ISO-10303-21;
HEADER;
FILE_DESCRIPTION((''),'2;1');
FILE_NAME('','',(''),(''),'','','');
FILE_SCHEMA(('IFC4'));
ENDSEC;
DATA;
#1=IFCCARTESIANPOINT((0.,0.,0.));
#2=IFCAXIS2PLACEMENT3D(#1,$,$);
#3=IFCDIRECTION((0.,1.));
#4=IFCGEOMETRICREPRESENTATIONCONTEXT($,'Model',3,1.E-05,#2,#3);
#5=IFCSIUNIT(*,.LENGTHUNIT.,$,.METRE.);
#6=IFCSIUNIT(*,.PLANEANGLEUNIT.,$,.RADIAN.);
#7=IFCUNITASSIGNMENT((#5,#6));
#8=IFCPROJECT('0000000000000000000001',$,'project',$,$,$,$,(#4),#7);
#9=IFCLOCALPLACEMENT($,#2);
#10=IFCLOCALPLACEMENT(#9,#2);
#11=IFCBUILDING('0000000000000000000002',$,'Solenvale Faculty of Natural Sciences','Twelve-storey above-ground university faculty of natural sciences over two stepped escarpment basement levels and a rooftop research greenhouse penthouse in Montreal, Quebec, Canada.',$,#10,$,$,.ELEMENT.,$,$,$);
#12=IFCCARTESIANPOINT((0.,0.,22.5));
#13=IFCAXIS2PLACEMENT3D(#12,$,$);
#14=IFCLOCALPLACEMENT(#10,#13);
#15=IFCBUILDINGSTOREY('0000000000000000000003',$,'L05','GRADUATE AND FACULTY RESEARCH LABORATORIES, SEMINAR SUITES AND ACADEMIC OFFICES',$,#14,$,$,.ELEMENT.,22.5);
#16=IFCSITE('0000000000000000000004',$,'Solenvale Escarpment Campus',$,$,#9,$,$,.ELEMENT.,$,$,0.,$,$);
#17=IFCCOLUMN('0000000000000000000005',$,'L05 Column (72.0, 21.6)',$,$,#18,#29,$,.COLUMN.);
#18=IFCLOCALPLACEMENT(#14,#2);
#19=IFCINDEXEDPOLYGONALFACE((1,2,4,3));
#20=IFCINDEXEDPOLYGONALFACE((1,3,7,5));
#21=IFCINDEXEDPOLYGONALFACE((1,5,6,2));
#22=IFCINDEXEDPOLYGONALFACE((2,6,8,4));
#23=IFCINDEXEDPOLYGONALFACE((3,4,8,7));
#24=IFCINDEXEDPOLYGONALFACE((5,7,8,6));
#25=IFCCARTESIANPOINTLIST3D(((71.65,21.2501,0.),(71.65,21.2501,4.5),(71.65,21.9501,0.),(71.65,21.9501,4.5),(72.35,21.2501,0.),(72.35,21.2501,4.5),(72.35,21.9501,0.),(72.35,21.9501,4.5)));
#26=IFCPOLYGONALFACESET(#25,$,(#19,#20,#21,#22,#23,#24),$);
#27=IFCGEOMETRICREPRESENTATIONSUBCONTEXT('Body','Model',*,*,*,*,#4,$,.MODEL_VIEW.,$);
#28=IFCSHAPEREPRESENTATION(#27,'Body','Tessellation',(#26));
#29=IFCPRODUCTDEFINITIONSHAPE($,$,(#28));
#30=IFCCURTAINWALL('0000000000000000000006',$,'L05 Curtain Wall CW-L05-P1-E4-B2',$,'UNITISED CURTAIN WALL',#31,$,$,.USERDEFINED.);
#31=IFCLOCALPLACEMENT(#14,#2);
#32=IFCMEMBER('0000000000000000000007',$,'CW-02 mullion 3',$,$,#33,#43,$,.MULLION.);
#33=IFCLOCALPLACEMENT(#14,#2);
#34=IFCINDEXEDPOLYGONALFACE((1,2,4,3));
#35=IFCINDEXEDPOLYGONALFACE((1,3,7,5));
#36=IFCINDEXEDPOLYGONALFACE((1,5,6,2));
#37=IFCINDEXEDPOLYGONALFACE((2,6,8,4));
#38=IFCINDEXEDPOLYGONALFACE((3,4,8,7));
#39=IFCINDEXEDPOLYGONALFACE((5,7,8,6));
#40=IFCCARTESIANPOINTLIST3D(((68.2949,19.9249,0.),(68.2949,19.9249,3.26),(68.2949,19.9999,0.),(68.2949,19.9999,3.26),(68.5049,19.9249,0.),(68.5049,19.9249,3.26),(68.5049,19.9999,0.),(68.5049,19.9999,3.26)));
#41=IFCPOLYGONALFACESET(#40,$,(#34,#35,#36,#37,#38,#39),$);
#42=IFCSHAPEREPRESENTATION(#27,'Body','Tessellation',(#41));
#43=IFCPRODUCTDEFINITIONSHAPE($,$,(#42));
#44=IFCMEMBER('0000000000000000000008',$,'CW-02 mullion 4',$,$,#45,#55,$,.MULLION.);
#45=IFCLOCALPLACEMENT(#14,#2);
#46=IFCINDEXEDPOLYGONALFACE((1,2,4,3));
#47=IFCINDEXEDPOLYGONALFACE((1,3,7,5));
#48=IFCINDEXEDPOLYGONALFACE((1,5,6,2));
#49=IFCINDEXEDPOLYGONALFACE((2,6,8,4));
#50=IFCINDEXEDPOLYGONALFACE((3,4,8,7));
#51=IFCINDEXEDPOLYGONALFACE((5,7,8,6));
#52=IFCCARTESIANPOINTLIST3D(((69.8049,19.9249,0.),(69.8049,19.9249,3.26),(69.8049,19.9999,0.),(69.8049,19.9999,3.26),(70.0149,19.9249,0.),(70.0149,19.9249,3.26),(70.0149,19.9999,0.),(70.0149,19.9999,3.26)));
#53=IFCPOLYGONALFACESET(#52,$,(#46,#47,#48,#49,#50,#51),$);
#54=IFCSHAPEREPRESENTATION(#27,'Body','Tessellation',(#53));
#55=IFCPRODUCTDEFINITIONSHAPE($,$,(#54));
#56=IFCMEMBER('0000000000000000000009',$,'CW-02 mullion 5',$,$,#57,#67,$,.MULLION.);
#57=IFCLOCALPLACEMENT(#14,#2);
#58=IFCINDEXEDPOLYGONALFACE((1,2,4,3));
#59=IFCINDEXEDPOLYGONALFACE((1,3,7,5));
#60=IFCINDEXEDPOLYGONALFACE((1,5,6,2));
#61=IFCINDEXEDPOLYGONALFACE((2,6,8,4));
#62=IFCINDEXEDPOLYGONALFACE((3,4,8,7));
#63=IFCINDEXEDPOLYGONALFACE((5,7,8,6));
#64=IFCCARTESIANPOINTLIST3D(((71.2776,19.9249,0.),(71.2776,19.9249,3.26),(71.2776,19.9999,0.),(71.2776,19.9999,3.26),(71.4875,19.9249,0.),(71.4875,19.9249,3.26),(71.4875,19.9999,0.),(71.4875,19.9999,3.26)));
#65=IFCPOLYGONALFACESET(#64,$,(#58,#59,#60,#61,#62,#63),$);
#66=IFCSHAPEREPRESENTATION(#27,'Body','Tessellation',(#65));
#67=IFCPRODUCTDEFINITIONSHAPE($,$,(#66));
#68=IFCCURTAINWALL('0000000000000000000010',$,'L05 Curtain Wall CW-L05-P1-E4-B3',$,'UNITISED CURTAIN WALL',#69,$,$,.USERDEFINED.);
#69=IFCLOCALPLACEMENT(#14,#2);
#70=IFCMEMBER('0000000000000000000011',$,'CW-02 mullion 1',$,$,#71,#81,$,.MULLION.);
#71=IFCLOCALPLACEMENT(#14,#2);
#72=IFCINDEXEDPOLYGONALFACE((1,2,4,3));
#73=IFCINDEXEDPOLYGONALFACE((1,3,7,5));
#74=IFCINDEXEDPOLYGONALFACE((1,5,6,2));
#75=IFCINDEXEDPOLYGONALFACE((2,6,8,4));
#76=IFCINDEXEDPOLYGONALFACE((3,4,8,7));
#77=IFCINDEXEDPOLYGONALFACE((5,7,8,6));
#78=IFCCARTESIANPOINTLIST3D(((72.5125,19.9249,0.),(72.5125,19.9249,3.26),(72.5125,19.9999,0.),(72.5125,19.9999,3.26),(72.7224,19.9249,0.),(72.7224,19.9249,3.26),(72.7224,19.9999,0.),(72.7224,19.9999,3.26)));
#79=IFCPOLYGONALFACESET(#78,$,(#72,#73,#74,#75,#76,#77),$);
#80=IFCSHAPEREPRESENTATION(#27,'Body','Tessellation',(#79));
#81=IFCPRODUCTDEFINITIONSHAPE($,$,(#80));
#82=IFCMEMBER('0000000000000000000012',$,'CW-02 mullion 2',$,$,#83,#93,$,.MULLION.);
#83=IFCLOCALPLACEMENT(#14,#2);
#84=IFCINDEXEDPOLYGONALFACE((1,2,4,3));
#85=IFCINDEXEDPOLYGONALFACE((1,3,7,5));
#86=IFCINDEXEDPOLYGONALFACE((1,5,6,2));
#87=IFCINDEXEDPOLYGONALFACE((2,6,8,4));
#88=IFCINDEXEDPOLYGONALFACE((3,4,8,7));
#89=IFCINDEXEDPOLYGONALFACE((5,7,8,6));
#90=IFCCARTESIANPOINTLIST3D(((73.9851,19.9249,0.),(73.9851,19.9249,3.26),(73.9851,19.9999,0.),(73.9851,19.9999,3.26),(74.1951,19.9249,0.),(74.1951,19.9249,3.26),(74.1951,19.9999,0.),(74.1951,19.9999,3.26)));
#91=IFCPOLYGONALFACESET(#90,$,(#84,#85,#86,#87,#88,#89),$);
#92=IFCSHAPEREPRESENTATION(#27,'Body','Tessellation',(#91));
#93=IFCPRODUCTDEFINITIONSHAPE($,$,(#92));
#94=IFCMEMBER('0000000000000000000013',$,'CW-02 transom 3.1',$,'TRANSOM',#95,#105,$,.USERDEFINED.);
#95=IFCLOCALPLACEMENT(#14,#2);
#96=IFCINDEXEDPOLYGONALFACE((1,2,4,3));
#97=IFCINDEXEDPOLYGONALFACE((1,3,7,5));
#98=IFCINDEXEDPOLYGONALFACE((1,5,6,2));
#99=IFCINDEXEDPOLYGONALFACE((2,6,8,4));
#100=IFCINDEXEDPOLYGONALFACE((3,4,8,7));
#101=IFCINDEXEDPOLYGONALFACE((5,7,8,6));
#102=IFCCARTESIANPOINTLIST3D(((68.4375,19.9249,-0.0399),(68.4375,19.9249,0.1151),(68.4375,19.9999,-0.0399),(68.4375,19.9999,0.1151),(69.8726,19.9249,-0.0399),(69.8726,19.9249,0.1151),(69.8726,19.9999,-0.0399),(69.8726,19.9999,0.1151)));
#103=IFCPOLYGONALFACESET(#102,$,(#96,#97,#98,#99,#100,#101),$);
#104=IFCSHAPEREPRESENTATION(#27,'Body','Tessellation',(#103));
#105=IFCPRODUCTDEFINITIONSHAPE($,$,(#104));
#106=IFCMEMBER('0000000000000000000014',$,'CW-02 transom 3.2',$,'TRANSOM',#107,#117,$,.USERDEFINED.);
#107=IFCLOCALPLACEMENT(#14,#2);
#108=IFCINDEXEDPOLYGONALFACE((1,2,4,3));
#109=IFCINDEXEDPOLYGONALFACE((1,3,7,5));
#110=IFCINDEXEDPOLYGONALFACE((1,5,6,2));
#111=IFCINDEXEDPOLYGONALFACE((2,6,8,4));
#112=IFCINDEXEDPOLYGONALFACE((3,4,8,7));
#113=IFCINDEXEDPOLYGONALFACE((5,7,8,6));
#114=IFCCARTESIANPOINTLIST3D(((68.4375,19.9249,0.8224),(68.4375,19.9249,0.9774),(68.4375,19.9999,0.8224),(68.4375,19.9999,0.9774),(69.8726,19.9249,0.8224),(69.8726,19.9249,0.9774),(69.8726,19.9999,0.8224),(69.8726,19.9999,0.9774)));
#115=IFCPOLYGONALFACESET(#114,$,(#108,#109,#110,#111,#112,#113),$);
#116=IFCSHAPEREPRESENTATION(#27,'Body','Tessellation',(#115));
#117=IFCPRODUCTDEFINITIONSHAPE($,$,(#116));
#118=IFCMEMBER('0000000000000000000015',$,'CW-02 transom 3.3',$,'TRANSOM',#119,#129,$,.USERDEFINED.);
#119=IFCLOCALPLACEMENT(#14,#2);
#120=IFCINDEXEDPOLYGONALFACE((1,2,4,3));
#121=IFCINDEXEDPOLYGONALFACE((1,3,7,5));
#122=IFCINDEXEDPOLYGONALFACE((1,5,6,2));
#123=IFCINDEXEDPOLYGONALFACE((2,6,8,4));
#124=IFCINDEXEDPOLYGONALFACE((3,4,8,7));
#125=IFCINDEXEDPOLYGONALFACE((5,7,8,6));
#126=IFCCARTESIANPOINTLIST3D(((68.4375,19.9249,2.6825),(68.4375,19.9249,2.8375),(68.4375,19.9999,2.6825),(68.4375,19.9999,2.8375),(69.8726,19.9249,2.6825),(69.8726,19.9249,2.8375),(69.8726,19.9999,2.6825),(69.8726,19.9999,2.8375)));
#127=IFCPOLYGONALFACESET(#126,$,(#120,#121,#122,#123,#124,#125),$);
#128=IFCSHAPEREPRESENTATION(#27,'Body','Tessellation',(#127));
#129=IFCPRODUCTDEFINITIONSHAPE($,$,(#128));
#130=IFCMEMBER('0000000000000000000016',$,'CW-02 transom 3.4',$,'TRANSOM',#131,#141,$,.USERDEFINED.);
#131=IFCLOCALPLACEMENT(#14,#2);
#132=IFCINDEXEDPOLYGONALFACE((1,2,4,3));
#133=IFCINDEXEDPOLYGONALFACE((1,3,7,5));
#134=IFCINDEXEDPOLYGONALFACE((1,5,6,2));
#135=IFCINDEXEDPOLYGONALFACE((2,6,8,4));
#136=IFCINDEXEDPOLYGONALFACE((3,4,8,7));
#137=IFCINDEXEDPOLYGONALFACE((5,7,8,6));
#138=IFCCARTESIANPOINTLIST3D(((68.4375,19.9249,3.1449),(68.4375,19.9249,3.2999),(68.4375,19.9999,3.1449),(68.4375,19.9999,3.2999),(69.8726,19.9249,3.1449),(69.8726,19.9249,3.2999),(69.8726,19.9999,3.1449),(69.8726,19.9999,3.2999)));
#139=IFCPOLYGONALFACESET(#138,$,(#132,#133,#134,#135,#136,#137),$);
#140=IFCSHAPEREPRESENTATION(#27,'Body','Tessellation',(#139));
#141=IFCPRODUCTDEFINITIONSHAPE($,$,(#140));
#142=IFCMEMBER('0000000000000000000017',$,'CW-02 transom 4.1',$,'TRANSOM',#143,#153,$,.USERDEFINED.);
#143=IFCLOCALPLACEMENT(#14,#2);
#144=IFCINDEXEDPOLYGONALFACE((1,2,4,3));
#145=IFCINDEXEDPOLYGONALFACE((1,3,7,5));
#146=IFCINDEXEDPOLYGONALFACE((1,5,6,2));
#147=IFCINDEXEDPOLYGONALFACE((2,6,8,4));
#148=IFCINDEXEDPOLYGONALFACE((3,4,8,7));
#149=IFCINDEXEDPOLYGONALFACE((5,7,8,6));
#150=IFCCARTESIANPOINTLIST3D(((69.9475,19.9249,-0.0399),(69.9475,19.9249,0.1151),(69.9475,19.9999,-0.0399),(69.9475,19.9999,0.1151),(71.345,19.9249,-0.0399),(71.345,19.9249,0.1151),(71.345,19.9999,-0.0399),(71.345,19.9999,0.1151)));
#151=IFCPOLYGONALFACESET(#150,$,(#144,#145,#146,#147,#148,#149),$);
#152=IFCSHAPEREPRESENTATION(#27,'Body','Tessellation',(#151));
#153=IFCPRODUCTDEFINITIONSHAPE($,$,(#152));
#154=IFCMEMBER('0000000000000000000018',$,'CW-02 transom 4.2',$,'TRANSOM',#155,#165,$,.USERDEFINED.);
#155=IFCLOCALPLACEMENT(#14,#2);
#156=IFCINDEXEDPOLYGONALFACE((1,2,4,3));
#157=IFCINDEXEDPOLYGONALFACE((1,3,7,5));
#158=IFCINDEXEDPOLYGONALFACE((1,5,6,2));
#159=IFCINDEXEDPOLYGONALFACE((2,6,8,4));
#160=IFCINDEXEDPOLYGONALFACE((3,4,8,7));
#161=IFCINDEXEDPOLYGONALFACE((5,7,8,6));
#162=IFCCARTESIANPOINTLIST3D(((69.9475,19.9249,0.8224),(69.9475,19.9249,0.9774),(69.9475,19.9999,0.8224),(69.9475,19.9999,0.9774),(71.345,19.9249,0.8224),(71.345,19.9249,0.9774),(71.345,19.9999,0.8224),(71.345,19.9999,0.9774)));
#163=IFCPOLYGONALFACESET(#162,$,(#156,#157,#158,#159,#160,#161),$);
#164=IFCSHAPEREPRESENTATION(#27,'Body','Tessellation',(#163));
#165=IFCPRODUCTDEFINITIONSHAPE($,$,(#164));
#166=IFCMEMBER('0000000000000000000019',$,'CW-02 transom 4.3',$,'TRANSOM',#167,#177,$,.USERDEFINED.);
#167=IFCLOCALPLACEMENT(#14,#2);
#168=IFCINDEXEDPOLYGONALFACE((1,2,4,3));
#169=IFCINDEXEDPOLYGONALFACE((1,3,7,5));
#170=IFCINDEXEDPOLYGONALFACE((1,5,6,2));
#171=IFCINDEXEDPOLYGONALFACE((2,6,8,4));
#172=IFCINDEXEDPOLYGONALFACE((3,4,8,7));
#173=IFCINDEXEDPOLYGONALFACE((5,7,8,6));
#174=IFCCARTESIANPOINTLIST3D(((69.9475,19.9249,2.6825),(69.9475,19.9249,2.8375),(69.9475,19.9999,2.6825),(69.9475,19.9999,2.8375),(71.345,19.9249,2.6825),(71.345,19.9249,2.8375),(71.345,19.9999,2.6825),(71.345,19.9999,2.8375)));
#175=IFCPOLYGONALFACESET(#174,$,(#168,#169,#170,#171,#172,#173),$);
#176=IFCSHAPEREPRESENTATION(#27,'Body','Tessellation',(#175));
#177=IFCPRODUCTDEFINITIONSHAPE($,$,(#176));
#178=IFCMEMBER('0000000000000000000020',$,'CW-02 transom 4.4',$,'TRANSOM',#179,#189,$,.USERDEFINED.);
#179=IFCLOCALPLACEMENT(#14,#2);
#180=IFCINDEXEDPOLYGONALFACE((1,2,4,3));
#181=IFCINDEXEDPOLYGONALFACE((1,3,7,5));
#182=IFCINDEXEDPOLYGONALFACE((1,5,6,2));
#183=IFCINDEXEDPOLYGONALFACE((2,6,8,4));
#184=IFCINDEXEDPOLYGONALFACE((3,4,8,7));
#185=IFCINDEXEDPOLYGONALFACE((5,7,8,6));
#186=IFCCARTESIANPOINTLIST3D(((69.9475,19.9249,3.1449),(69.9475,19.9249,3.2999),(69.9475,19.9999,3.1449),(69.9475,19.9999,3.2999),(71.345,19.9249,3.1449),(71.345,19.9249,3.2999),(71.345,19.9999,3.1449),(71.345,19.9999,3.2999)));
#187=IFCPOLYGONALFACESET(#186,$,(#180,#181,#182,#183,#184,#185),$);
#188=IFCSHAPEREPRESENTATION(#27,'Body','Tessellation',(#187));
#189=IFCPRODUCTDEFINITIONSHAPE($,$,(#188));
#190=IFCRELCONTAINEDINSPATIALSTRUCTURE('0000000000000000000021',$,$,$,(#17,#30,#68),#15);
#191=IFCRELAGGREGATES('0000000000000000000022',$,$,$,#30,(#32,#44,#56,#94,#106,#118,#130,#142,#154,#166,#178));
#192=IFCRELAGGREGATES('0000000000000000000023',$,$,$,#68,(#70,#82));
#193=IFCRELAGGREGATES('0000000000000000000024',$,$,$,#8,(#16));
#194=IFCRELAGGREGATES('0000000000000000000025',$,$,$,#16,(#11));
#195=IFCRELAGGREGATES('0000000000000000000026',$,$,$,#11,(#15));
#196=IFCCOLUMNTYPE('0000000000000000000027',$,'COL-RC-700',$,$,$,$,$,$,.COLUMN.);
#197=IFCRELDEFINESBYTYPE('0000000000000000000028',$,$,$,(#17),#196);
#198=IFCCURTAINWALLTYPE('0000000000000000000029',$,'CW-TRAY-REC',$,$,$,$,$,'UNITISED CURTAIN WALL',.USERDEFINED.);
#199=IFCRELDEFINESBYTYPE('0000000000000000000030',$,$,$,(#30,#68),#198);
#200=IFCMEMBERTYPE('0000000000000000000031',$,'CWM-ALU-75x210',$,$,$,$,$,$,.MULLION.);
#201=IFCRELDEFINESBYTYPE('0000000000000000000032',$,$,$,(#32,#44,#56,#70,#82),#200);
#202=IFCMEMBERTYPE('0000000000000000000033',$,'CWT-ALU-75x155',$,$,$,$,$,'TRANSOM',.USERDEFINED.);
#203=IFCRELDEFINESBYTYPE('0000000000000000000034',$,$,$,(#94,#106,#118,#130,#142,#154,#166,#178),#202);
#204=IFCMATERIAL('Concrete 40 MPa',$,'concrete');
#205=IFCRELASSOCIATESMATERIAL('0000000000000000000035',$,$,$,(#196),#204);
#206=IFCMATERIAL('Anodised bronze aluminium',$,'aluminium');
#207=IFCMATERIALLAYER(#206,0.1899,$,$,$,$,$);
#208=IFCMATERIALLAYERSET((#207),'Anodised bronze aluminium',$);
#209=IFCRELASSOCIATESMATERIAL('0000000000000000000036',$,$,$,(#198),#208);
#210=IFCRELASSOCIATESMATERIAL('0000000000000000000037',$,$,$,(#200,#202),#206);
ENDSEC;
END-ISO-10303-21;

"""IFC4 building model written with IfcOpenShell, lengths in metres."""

from ifc_helpers import new_model, si_unit, direction, frame, origin, origin_2d, place, context, subcontext, project, spatial, rectangle, extrude, material, layer, layer_set, material_profile, profile_set, type_object, element, aggregate, save


model = new_model("IFC4")

# Units and contexts
model_context = context("Model", 3, precision=1e-05, world=origin(), true_north=direction((0.0, 1.0)))
body_context = subcontext(model_context, "Body", "Model", "MODEL_VIEW")
ifc_project = project(units=[si_unit("LENGTHUNIT", "METRE"), si_unit("PLANEANGLEUNIT", "RADIAN")], contexts=[model_context])

# Site, building, storey
site_placement = place(None, origin())
site = spatial("IfcSite", under=ifc_project, at=site_placement, Name="Solenvale Escarpment Campus", CompositionType="ELEMENT", RefElevation=0.0)
building_placement = place(site_placement, origin())
building = spatial("IfcBuilding", under=site, at=building_placement, Name="Solenvale Faculty of Natural Sciences", Description="Twelve-storey above-ground university faculty of natural sciences over two stepped escarpment basement levels and a rooftop research greenhouse penthouse in Montreal, Quebec, Canada.", CompositionType="ELEMENT")
storey_placement = place(building_placement, frame((0.0, 0.0, 22.5)))
storey = spatial("IfcBuildingStorey", under=building, at=storey_placement, Name="L05", Description="GRADUATE AND FACULTY RESEARCH LABORATORIES, SEMINAR SUITES AND ACADEMIC OFFICES", CompositionType="ELEMENT", Elevation=22.5)

# Column
ifc_material_1 = material(Name="Concrete 40 MPa", Category="concrete")
ifc_material_profile_1 = material_profile(ifc_material_1, rectangle(XDim=0.7, YDim=0.7, at=origin_2d()), Name="RC-COL-700x700")
ifc_profile_set_1 = profile_set([ifc_material_profile_1], Name="Concrete 40 MPa")
column_type = type_object("IfcColumnType", Name="COL-RC-700", PredefinedType="COLUMN", material=ifc_profile_set_1)
column_placement = place(storey_placement, frame((72.0, 21.6001, 0.0), z_axis=(0.0, 0.0, 1.0), x_axis=(1.0, 0.0, 0.0)))
element("IfcColumn", 1, at=column_placement, inside=storey, type_object=column_type, Name="L05 Column (72.0, 21.6)", PredefinedType="COLUMN", context=body_context, shape_type="SweptSolid", body=[
    extrude(rectangle(XDim=0.7, YDim=0.7, at=origin_2d()), origin(), (0.0, 0.0, 1.0), 4.5),
])

# Curtain walls, members
ifc_material_2 = material(Name="Anodised bronze aluminium", Category="aluminium")
ifc_layer_1 = layer(ifc_material_2, 0.1899)
ifc_layer_set_1 = layer_set([ifc_layer_1], Name="Anodised bronze aluminium")
curtain_wall_type = type_object("IfcCurtainWallType", Name="CW-TRAY-REC", ElementType="UNITISED CURTAIN WALL", PredefinedType="USERDEFINED", material=ifc_layer_set_1)
curtain_wall_1_placement = place(storey_placement, origin())
curtain_wall_1 = element("IfcCurtainWall", 2, at=curtain_wall_1_placement, inside=storey, type_object=curtain_wall_type, Name="L05 Curtain Wall CW-L05-P1-E4-B2", ObjectType="UNITISED CURTAIN WALL", PredefinedType="USERDEFINED")
ifc_material_profile_2 = material_profile(ifc_material_2, rectangle(XDim=0.075, YDim=0.21, at=origin_2d()), Name="ALU-MUL-75x210")
ifc_profile_set_2 = profile_set([ifc_material_profile_2], Name="Anodised bronze aluminium")
member_type_1 = type_object("IfcMemberType", Name="CWM-ALU-75x210", PredefinedType="MULLION", material=ifc_profile_set_2)
member_1_placement = place(storey_placement, frame((68.3999, 19.9624, 0.0), z_axis=(0.0, 0.0, 1.0), x_axis=(0.0, 1.0, 0.0)))
member_1 = element("IfcMember", 3, at=member_1_placement, type_object=member_type_1, Name="CW-02 mullion 3", PredefinedType="MULLION", context=body_context, shape_type="SweptSolid", body=[
    extrude(rectangle(XDim=0.075, YDim=0.21, at=origin_2d()), origin(), (0.0, 0.0, 1.0), 3.26),
])
member_2_placement = place(storey_placement, frame((69.9099, 19.9624, 0.0), z_axis=(0.0, 0.0, 1.0), x_axis=(0.0, 1.0, 0.0)))
member_2 = element("IfcMember", 4, at=member_2_placement, type_object=member_type_1, Name="CW-02 mullion 4", PredefinedType="MULLION", context=body_context, shape_type="SweptSolid", body=[
    extrude(rectangle(XDim=0.075, YDim=0.21, at=origin_2d()), origin(), (0.0, 0.0, 1.0), 3.26),
])
member_3_placement = place(storey_placement, frame((71.3826, 19.9624, 0.0), z_axis=(0.0, 0.0, 1.0), x_axis=(0.0, 1.0, 0.0)))
member_3 = element("IfcMember", 5, at=member_3_placement, type_object=member_type_1, Name="CW-02 mullion 5", PredefinedType="MULLION", context=body_context, shape_type="SweptSolid", body=[
    extrude(rectangle(XDim=0.075, YDim=0.21, at=origin_2d()), origin(), (0.0, 0.0, 1.0), 3.26),
])
curtain_wall_2_placement = place(storey_placement, origin())
curtain_wall_2 = element("IfcCurtainWall", 6, at=curtain_wall_2_placement, inside=storey, type_object=curtain_wall_type, Name="L05 Curtain Wall CW-L05-P1-E4-B3", ObjectType="UNITISED CURTAIN WALL", PredefinedType="USERDEFINED")
member_4_placement = place(storey_placement, frame((72.6174, 19.9624, 0.0), z_axis=(0.0, 0.0, 1.0), x_axis=(0.0, 1.0, 0.0)))
member_4 = element("IfcMember", 7, at=member_4_placement, type_object=member_type_1, Name="CW-02 mullion 1", PredefinedType="MULLION", context=body_context, shape_type="SweptSolid", body=[
    extrude(rectangle(XDim=0.075, YDim=0.21, at=origin_2d()), origin(), (0.0, 0.0, 1.0), 3.26),
])
member_5_placement = place(storey_placement, frame((74.0901, 19.9624, 0.0), z_axis=(0.0, 0.0, 1.0), x_axis=(0.0, 1.0, 0.0)))
member_5 = element("IfcMember", 8, at=member_5_placement, type_object=member_type_1, Name="CW-02 mullion 2", PredefinedType="MULLION", context=body_context, shape_type="SweptSolid", body=[
    extrude(rectangle(XDim=0.075, YDim=0.21, at=origin_2d()), origin(), (0.0, 0.0, 1.0), 3.26),
])

# Members
ifc_material_profile_3 = material_profile(ifc_material_2, rectangle(XDim=0.075, YDim=0.155, at=origin_2d()), Name="ALU-TRN-75x155")
ifc_profile_set_3 = profile_set([ifc_material_profile_3], Name="Anodised bronze aluminium")
member_type_2 = type_object("IfcMemberType", Name="CWT-ALU-75x155", ElementType="TRANSOM", PredefinedType="USERDEFINED", material=ifc_profile_set_3)
member_6_placement = place(storey_placement, frame((68.4375, 19.9624, 0.0376), z_axis=(1.0, 0.0, 0.0), x_axis=(0.0, 1.0, 0.0)))
member_6 = element("IfcMember", 9, at=member_6_placement, type_object=member_type_2, Name="CW-02 transom 3.1", ObjectType="TRANSOM", PredefinedType="USERDEFINED", context=body_context, shape_type="SweptSolid", body=[
    extrude(rectangle(XDim=0.075, YDim=0.155, at=origin_2d()), origin(), (0.0, 0.0, 1.0), 1.4351),
])
member_7_placement = place(storey_placement, frame((68.4375, 19.9624, 0.8999), z_axis=(1.0, 0.0, 0.0), x_axis=(0.0, 1.0, 0.0)))
member_7 = element("IfcMember", 10, at=member_7_placement, type_object=member_type_2, Name="CW-02 transom 3.2", ObjectType="TRANSOM", PredefinedType="USERDEFINED", context=body_context, shape_type="SweptSolid", body=[
    extrude(rectangle(XDim=0.075, YDim=0.155, at=origin_2d()), origin(), (0.0, 0.0, 1.0), 1.4351),
])
member_8_placement = place(storey_placement, frame((68.4375, 19.9624, 2.76), z_axis=(1.0, 0.0, 0.0), x_axis=(0.0, 1.0, 0.0)))
member_8 = element("IfcMember", 11, at=member_8_placement, type_object=member_type_2, Name="CW-02 transom 3.3", ObjectType="TRANSOM", PredefinedType="USERDEFINED", context=body_context, shape_type="SweptSolid", body=[
    extrude(rectangle(XDim=0.075, YDim=0.155, at=origin_2d()), origin(), (0.0, 0.0, 1.0), 1.4351),
])
member_9_placement = place(storey_placement, frame((68.4375, 19.9624, 3.2224), z_axis=(1.0, 0.0, 0.0), x_axis=(0.0, 1.0, 0.0)))
member_9 = element("IfcMember", 12, at=member_9_placement, type_object=member_type_2, Name="CW-02 transom 3.4", ObjectType="TRANSOM", PredefinedType="USERDEFINED", context=body_context, shape_type="SweptSolid", body=[
    extrude(rectangle(XDim=0.075, YDim=0.155, at=origin_2d()), origin(), (0.0, 0.0, 1.0), 1.4351),
])
member_10_placement = place(storey_placement, frame((69.9475, 19.9624, 0.0376), z_axis=(1.0, 0.0, 0.0), x_axis=(0.0, 1.0, 0.0)))
member_10 = element("IfcMember", 13, at=member_10_placement, type_object=member_type_2, Name="CW-02 transom 4.1", ObjectType="TRANSOM", PredefinedType="USERDEFINED", context=body_context, shape_type="SweptSolid", body=[
    extrude(rectangle(XDim=0.075, YDim=0.155, at=origin_2d()), origin(), (0.0, 0.0, 1.0), 1.3975),
])
member_11_placement = place(storey_placement, frame((69.9475, 19.9624, 0.8999), z_axis=(1.0, 0.0, 0.0), x_axis=(0.0, 1.0, 0.0)))
member_11 = element("IfcMember", 14, at=member_11_placement, type_object=member_type_2, Name="CW-02 transom 4.2", ObjectType="TRANSOM", PredefinedType="USERDEFINED", context=body_context, shape_type="SweptSolid", body=[
    extrude(rectangle(XDim=0.075, YDim=0.155, at=origin_2d()), origin(), (0.0, 0.0, 1.0), 1.3975),
])
member_12_placement = place(storey_placement, frame((69.9475, 19.9624, 2.76), z_axis=(1.0, 0.0, 0.0), x_axis=(0.0, 1.0, 0.0)))
member_12 = element("IfcMember", 15, at=member_12_placement, type_object=member_type_2, Name="CW-02 transom 4.3", ObjectType="TRANSOM", PredefinedType="USERDEFINED", context=body_context, shape_type="SweptSolid", body=[
    extrude(rectangle(XDim=0.075, YDim=0.155, at=origin_2d()), origin(), (0.0, 0.0, 1.0), 1.3975),
])
member_13_placement = place(storey_placement, frame((69.9475, 19.9624, 3.2224), z_axis=(1.0, 0.0, 0.0), x_axis=(0.0, 1.0, 0.0)))
member_13 = element("IfcMember", 16, at=member_13_placement, type_object=member_type_2, Name="CW-02 transom 4.4", ObjectType="TRANSOM", PredefinedType="USERDEFINED", context=body_context, shape_type="SweptSolid", body=[
    extrude(rectangle(XDim=0.075, YDim=0.155, at=origin_2d()), origin(), (0.0, 0.0, 1.0), 1.3975),
])

aggregate(curtain_wall_1, [member_1, member_2, member_3, member_6, member_7, member_8, member_9, member_10, member_11, member_12, member_13])
aggregate(curtain_wall_2, [member_4, member_5])

save(model, "model.ifc")
